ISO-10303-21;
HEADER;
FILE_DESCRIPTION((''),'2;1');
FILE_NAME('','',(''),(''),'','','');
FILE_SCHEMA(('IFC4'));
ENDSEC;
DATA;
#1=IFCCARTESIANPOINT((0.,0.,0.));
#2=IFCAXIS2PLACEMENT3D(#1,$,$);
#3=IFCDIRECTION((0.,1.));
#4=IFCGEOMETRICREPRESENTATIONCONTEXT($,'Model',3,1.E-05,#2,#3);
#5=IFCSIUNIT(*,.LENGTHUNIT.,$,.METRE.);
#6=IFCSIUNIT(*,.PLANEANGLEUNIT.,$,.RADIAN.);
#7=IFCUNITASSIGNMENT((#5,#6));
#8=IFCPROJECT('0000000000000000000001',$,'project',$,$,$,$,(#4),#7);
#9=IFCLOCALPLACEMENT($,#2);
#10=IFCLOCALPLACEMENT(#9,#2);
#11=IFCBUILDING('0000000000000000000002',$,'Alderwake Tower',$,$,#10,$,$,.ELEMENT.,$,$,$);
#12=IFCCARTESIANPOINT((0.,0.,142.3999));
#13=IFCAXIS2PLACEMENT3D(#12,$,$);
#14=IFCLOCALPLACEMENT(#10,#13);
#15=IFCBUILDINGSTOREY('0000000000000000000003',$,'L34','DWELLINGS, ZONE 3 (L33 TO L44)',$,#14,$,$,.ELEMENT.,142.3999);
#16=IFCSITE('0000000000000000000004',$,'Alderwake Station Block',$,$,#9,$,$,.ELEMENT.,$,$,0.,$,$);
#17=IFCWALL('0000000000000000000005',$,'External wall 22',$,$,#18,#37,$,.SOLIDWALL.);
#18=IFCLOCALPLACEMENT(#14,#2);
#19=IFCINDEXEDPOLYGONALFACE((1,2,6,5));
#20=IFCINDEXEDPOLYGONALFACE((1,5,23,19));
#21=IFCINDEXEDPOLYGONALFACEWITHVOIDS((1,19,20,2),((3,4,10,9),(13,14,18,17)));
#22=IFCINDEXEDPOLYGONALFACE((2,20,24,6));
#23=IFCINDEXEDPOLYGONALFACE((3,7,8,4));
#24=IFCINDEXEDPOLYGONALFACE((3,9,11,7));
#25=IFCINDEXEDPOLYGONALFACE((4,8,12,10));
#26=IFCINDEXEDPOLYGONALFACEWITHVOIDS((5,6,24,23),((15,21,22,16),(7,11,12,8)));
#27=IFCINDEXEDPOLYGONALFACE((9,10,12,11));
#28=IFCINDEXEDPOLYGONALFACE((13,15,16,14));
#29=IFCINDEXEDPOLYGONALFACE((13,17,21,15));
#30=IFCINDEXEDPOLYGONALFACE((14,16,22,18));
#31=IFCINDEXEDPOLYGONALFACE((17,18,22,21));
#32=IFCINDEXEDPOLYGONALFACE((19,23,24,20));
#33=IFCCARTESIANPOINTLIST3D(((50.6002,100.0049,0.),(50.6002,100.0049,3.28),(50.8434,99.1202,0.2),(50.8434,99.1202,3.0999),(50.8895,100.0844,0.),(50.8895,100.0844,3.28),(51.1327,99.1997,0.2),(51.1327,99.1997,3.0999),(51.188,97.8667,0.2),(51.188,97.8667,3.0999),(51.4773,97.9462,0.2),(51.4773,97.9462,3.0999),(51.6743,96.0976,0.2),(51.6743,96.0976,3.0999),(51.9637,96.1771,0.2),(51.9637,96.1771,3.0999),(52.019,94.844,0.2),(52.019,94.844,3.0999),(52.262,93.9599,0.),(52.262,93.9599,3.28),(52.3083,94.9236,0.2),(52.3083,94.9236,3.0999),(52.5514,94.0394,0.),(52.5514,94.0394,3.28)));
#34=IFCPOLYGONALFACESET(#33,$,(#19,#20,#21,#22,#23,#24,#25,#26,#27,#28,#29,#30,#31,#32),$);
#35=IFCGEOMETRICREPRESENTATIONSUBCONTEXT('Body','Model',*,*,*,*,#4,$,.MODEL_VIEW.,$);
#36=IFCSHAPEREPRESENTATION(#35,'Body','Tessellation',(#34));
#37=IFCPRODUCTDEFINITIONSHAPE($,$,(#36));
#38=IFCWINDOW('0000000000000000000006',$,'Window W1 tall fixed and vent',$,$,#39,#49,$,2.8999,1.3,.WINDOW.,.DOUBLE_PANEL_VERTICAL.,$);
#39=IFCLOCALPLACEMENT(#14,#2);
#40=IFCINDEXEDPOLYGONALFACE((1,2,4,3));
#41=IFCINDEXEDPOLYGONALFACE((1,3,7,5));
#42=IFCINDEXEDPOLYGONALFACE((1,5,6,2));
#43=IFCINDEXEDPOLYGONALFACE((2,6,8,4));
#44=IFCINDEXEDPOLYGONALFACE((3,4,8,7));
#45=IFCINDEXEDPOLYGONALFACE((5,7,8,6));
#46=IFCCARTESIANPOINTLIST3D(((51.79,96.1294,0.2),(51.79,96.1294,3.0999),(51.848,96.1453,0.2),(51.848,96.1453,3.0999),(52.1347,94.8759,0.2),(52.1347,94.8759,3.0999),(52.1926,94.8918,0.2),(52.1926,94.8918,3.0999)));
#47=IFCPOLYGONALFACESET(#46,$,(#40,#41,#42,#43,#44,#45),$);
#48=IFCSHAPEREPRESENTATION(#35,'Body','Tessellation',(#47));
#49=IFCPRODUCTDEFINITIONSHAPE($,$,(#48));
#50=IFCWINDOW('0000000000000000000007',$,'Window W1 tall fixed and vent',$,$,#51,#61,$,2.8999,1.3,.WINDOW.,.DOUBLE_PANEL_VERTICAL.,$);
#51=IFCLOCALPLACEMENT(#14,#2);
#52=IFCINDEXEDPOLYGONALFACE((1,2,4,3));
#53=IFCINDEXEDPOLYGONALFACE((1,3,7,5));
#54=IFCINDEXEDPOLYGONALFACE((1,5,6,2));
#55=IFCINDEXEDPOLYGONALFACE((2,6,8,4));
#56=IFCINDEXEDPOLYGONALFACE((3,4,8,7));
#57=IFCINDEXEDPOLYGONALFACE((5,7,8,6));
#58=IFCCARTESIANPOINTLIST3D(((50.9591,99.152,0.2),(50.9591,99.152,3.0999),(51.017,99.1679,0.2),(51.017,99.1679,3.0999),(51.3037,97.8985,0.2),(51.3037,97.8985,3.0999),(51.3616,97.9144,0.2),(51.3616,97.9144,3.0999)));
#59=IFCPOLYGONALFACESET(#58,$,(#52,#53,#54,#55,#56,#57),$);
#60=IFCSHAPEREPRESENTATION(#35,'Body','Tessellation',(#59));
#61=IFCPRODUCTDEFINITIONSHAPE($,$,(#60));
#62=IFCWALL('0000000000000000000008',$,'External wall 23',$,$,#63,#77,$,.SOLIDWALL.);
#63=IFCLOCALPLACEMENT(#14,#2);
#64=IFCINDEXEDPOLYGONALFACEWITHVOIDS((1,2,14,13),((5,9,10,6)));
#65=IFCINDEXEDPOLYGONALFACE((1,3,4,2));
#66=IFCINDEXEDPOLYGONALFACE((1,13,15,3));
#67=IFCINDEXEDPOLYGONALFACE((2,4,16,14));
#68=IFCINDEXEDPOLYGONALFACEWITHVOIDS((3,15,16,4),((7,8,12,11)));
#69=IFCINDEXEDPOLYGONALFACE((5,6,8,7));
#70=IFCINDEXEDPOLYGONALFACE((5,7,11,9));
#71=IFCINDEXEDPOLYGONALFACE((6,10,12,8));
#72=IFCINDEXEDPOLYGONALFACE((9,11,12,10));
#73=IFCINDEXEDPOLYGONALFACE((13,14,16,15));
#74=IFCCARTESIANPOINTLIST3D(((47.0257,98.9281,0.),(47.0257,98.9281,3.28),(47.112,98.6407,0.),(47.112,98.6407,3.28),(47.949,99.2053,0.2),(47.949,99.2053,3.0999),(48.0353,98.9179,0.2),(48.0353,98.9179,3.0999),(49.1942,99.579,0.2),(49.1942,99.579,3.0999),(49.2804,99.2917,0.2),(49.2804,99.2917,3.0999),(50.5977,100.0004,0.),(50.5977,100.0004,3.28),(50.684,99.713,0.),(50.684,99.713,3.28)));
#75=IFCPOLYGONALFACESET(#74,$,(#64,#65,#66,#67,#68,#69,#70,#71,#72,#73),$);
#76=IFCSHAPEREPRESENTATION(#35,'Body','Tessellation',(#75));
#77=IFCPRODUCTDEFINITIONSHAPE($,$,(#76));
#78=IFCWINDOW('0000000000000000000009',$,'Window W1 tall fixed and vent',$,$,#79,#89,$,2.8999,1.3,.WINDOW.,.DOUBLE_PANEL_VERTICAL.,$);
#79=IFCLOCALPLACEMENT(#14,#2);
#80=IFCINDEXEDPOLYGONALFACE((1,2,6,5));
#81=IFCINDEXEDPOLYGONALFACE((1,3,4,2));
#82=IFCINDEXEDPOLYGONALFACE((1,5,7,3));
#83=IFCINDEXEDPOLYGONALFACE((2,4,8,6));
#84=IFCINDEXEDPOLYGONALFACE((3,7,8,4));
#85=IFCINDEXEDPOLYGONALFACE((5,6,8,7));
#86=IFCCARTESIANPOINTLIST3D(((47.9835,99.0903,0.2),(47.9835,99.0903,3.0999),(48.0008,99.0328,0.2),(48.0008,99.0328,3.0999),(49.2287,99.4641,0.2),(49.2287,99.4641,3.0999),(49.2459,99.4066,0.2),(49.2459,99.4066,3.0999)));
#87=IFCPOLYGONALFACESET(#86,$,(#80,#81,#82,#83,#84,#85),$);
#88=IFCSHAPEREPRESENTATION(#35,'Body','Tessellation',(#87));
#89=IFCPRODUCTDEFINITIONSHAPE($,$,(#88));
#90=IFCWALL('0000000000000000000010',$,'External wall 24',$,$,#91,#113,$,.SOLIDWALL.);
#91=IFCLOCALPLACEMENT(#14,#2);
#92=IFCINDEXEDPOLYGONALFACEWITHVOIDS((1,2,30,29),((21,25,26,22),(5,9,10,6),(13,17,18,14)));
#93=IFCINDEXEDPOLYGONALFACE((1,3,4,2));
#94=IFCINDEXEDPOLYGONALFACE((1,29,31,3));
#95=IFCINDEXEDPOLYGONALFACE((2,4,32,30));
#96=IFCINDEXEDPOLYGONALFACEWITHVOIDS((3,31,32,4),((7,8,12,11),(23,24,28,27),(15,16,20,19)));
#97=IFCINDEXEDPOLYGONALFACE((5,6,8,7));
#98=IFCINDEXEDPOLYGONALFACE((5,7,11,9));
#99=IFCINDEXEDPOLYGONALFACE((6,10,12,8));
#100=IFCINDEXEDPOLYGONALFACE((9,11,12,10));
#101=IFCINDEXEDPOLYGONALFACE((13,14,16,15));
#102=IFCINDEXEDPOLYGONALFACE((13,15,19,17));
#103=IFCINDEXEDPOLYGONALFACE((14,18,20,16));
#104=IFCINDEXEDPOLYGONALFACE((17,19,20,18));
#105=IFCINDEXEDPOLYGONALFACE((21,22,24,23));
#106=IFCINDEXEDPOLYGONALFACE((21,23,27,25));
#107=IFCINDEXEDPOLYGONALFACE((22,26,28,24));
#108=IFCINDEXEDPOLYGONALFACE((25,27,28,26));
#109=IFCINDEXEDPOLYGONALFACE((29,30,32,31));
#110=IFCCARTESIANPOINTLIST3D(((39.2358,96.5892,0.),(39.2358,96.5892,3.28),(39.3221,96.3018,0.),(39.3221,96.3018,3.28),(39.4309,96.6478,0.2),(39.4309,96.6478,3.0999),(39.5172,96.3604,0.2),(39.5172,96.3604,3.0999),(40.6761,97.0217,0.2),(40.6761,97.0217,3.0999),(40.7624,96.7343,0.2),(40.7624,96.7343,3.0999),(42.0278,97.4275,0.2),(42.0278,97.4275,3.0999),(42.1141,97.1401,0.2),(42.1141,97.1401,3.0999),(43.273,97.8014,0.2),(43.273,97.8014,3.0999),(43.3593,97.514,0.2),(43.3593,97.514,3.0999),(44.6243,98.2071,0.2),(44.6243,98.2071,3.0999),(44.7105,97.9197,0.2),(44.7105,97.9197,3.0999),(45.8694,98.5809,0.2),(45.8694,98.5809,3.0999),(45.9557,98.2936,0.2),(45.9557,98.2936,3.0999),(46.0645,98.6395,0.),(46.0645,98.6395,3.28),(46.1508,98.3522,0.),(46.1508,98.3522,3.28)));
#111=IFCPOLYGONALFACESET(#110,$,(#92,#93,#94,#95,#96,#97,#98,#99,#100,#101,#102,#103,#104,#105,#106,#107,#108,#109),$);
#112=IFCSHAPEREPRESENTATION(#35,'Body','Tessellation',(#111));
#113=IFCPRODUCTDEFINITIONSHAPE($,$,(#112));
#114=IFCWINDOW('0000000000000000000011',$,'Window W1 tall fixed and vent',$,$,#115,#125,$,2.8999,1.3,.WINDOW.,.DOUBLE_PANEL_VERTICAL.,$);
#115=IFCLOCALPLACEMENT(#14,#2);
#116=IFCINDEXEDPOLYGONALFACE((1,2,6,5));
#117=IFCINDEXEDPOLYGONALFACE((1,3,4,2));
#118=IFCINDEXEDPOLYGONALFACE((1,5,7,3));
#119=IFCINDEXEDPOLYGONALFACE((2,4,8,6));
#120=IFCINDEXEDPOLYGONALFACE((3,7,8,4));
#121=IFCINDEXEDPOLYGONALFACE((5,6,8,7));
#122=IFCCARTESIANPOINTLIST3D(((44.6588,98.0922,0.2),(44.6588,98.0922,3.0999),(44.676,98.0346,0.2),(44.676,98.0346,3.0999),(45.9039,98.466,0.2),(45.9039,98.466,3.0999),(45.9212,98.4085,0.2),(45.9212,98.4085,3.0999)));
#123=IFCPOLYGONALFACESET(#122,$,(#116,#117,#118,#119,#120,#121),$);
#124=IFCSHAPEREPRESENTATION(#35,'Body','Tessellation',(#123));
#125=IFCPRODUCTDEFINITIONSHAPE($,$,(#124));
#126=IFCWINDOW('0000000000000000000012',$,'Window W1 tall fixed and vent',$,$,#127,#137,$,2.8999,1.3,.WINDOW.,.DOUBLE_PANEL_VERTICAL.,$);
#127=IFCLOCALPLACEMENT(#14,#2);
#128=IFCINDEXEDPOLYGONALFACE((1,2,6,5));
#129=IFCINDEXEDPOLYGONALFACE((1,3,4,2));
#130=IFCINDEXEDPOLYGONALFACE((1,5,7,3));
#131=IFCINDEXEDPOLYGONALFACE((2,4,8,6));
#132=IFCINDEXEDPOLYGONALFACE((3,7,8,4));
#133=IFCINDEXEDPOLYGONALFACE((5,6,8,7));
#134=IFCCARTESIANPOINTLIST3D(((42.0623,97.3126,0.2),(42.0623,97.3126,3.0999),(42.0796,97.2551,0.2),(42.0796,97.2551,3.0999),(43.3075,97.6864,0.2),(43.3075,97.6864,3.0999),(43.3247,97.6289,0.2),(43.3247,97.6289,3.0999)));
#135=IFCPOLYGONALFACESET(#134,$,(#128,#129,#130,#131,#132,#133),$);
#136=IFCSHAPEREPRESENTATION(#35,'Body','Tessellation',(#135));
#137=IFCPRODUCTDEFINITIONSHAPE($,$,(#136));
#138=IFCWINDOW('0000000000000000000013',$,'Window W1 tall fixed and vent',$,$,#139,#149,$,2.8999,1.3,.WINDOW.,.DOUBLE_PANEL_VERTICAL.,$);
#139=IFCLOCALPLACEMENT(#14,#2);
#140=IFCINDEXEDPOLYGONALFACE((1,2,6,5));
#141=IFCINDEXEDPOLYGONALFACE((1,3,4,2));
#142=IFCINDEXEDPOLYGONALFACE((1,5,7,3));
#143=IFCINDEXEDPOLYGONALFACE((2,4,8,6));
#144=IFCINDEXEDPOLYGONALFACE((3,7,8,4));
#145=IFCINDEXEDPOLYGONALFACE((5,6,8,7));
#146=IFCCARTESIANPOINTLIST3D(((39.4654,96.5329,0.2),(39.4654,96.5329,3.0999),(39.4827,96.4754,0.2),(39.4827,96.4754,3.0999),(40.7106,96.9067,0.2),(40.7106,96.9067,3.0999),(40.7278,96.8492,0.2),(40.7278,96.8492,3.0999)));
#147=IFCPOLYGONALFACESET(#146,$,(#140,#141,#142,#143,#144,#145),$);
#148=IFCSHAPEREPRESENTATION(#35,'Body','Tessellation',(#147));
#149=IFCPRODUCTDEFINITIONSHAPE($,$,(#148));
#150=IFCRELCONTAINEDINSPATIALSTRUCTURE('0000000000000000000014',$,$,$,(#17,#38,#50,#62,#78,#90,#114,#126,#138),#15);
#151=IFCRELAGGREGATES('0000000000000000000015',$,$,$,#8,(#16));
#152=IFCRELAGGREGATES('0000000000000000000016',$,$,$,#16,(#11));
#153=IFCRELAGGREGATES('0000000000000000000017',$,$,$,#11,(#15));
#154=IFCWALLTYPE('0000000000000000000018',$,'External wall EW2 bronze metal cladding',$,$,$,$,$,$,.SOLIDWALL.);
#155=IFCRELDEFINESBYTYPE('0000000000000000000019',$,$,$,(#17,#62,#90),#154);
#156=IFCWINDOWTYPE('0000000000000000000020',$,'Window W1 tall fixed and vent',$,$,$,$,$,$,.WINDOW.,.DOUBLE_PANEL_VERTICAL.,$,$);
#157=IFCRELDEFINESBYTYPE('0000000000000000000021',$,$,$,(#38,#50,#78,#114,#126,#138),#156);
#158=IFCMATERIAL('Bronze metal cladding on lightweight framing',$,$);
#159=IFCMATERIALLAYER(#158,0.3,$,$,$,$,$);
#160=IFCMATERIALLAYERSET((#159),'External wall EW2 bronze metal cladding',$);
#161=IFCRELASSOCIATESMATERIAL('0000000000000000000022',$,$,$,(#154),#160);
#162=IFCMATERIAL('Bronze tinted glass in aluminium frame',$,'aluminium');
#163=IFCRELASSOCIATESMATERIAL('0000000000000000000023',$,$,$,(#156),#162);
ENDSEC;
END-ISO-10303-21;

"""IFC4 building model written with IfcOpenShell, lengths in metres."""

from ifc_helpers import new_model, si_unit, direction, frame, frame_2d, origin, place, context, subcontext, project, spatial, rectangle, extrude, material, layer, layer_set, type_object, element, fill, save


model = new_model("IFC4")

# Units and contexts
model_context = context("Model", 3, precision=1e-05, world=origin(), true_north=direction((0.0, 1.0)))
body_context = subcontext(model_context, "Body", "Model", "MODEL_VIEW")
ifc_project = project(units=[si_unit("LENGTHUNIT", "METRE"), si_unit("PLANEANGLEUNIT", "RADIAN")], contexts=[model_context])

# Site, building, storey
site_placement = place(None, origin())
site = spatial("IfcSite", under=ifc_project, at=site_placement, Name="Alderwake Station Block", CompositionType="ELEMENT", RefElevation=0.0)
building_placement = place(site_placement, origin())
building = spatial("IfcBuilding", under=site, at=building_placement, Name="Alderwake Tower", CompositionType="ELEMENT")
storey_placement = place(building_placement, frame((0.0, 0.0, 142.3999)))
storey = spatial("IfcBuildingStorey", under=building, at=storey_placement, Name="L34", Description="DWELLINGS, ZONE 3 (L33 TO L44)", CompositionType="ELEMENT", Elevation=142.3999)

# Shared definitions
ifc_material_1 = material(Name="Bronze metal cladding on lightweight framing")
ifc_layer_1 = layer(ifc_material_1, 0.3)
ifc_layer_set_1 = layer_set([ifc_layer_1], Name="External wall EW2 bronze metal cladding")
wall_type_1 = type_object("IfcWallType", Name="External wall EW2 bronze metal cladding", PredefinedType="SOLIDWALL", material=ifc_layer_set_1)
ifc_material_2 = material(Name="Bronze tinted glass in aluminium frame", Category="aluminium")
window_type = type_object("IfcWindowType", Name="Window W1 tall fixed and vent", PartitioningType="DOUBLE_PANEL_VERTICAL", PredefinedType="WINDOW", material=ifc_material_2)

# Wall, openings, windows
wall_1_placement = place(storey_placement, frame((52.4067, 93.9995, 0.0), z_axis=(0.0, 0.0, 1.0), x_axis=(-0.265084, 0.964225, 0.0)))
wall_1 = element("IfcWall", 1, at=wall_1_placement, inside=storey, type_object=wall_type_1, Name="External wall 22", PredefinedType="SOLIDWALL", context=body_context, shape_type="SweptSolid", body=[
    extrude(rectangle(XDim=6.2693, YDim=0.3, at=frame_2d((3.1348, 0.0))), origin(), (0.0, 0.0, 1.0), 3.28),
])
opening_1_placement = place(wall_1_placement, frame((0.9172, 0.0, 0.2)))
opening_1 = element("IfcOpeningElement", 2, at=opening_1_placement, cuts=wall_1, PredefinedType="OPENING", context=body_context, shape_type="SweptSolid", body=[
    extrude(rectangle(XDim=1.3, YDim=2.8999, at=frame_2d((0.6499, 1.45))), frame((0.0, 0.1599, 0.0), z_axis=(0.0, -1.0, 0.0), x_axis=(1.0, 0.0, 0.0)), (0.0, 0.0, 1.0), 0.3201),
])
opening_2_placement = place(wall_1_placement, frame((4.052, 0.0, 0.2)))
opening_2 = element("IfcOpeningElement", 3, at=opening_2_placement, cuts=wall_1, PredefinedType="OPENING", context=body_context, shape_type="SweptSolid", body=[
    extrude(rectangle(XDim=1.3, YDim=2.8999, at=frame_2d((0.6499, 1.45))), frame((0.0, 0.1599, 0.0), z_axis=(0.0, -1.0, 0.0), x_axis=(1.0, 0.0, 0.0)), (0.0, 0.0, 1.0), 0.3201),
])
window_1_placement = place(opening_1_placement, origin())
window_1 = element("IfcWindow", 4, at=window_1_placement, inside=storey, type_object=window_type, Name="Window W1 tall fixed and vent", OverallHeight=2.8999, OverallWidth=1.3, PartitioningType="DOUBLE_PANEL_VERTICAL", PredefinedType="WINDOW", context=body_context, shape_type="SweptSolid", body=[
    extrude(rectangle(XDim=1.3, YDim=2.8999, at=frame_2d((0.6499, 1.45))), frame((0.0, 0.03, 0.0), z_axis=(0.0, -1.0, 0.0), x_axis=(1.0, 0.0, 0.0)), (0.0, 0.0, 1.0), 0.0601),
])
fill(opening_1, window_1)
window_2_placement = place(opening_2_placement, origin())
window_2 = element("IfcWindow", 5, at=window_2_placement, inside=storey, type_object=window_type, Name="Window W1 tall fixed and vent", OverallHeight=2.8999, OverallWidth=1.3, PartitioningType="DOUBLE_PANEL_VERTICAL", PredefinedType="WINDOW", context=body_context, shape_type="SweptSolid", body=[
    extrude(rectangle(XDim=1.3, YDim=2.8999, at=frame_2d((0.6499, 1.45))), frame((0.0, 0.03, 0.0), z_axis=(0.0, -1.0, 0.0), x_axis=(1.0, 0.0, 0.0)), (0.0, 0.0, 1.0), 0.0601),
])
fill(opening_2, window_2)

# Wall, opening, window
wall_2_placement = place(storey_placement, frame((50.6409, 99.8567, 0.0), z_axis=(0.0, 0.0, 1.0), x_axis=(-0.957778, -0.28751, 0.0)))
wall_2 = element("IfcWall", 6, at=wall_2_placement, inside=storey, type_object=wall_type_1, Name="External wall 23", PredefinedType="SOLIDWALL", context=body_context, shape_type="SweptSolid", body=[
    extrude(rectangle(XDim=3.7295, YDim=0.3, at=frame_2d((1.8647, 0.0))), origin(), (0.0, 0.0, 1.0), 3.28),
])
opening_3_placement = place(wall_2_placement, frame((1.4656, 0.0, 0.2)))
opening_3 = element("IfcOpeningElement", 7, at=opening_3_placement, cuts=wall_2, PredefinedType="OPENING", context=body_context, shape_type="SweptSolid", body=[
    extrude(rectangle(XDim=1.3, YDim=2.8999, at=frame_2d((0.6499, 1.45))), frame((0.0, 0.1599, 0.0), z_axis=(0.0, -1.0, 0.0), x_axis=(1.0, 0.0, 0.0)), (0.0, 0.0, 1.0), 0.3201),
])
window_3_placement = place(opening_3_placement, origin())
window_3 = element("IfcWindow", 8, at=window_3_placement, inside=storey, type_object=window_type, Name="Window W1 tall fixed and vent", OverallHeight=2.8999, OverallWidth=1.3, PartitioningType="DOUBLE_PANEL_VERTICAL", PredefinedType="WINDOW", context=body_context, shape_type="SweptSolid", body=[
    extrude(rectangle(XDim=1.3, YDim=2.8999, at=frame_2d((0.6499, 1.45))), frame((0.0, 0.03, 0.0), z_axis=(0.0, -1.0, 0.0), x_axis=(1.0, 0.0, 0.0)), (0.0, 0.0, 1.0), 0.0601),
])
fill(opening_3, window_3)

# Wall, openings, windows
wall_3_placement = place(storey_placement, frame((46.1077, 98.4958, 0.0), z_axis=(0.0, 0.0, 1.0), x_axis=(-0.95776, -0.287568, 0.0)))
wall_3 = element("IfcWall", 9, at=wall_3_placement, inside=storey, type_object=wall_type_1, Name="External wall 24", PredefinedType="SOLIDWALL", context=body_context, shape_type="SweptSolid", body=[
    extrude(rectangle(XDim=7.1299, YDim=0.3, at=frame_2d((3.5649, 0.0))), origin(), (0.0, 0.0, 1.0), 3.28),
])
opening_4_placement = place(wall_3_placement, frame((0.2039, 0.0, 0.2)))
opening_4 = element("IfcOpeningElement", 10, at=opening_4_placement, cuts=wall_3, PredefinedType="OPENING", context=body_context, shape_type="SweptSolid", body=[
    extrude(rectangle(XDim=1.3, YDim=2.8999, at=frame_2d((0.6499, 1.45))), frame((0.0, 0.1599, 0.0), z_axis=(0.0, -1.0, 0.0), x_axis=(1.0, 0.0, 0.0)), (0.0, 0.0, 1.0), 0.3201),
])
opening_5_placement = place(wall_3_placement, frame((2.9148, 0.0, 0.2)))
opening_5 = element("IfcOpeningElement", 11, at=opening_5_placement, cuts=wall_3, PredefinedType="OPENING", context=body_context, shape_type="SweptSolid", body=[
    extrude(rectangle(XDim=1.3, YDim=2.8999, at=frame_2d((0.6499, 1.45))), frame((0.0, 0.1599, 0.0), z_axis=(0.0, -1.0, 0.0), x_axis=(1.0, 0.0, 0.0)), (0.0, 0.0, 1.0), 0.3201),
])
opening_6_placement = place(wall_3_placement, frame((5.6262, 0.0, 0.2)))
opening_6 = element("IfcOpeningElement", 12, at=opening_6_placement, cuts=wall_3, PredefinedType="OPENING", context=body_context, shape_type="SweptSolid", body=[
    extrude(rectangle(XDim=1.3, YDim=2.8999, at=frame_2d((0.6499, 1.45))), frame((0.0, 0.1599, 0.0), z_axis=(0.0, -1.0, 0.0), x_axis=(1.0, 0.0, 0.0)), (0.0, 0.0, 1.0), 0.3201),
])
window_4_placement = place(opening_4_placement, origin())
window_4 = element("IfcWindow", 13, at=window_4_placement, inside=storey, type_object=window_type, Name="Window W1 tall fixed and vent", OverallHeight=2.8999, OverallWidth=1.3, PartitioningType="DOUBLE_PANEL_VERTICAL", PredefinedType="WINDOW", context=body_context, shape_type="SweptSolid", body=[
    extrude(rectangle(XDim=1.3, YDim=2.8999, at=frame_2d((0.6499, 1.45))), frame((0.0, 0.03, 0.0), z_axis=(0.0, -1.0, 0.0), x_axis=(1.0, 0.0, 0.0)), (0.0, 0.0, 1.0), 0.0601),
])
fill(opening_4, window_4)
window_5_placement = place(opening_5_placement, origin())
window_5 = element("IfcWindow", 14, at=window_5_placement, inside=storey, type_object=window_type, Name="Window W1 tall fixed and vent", OverallHeight=2.8999, OverallWidth=1.3, PartitioningType="DOUBLE_PANEL_VERTICAL", PredefinedType="WINDOW", context=body_context, shape_type="SweptSolid", body=[
    extrude(rectangle(XDim=1.3, YDim=2.8999, at=frame_2d((0.6499, 1.45))), frame((0.0, 0.03, 0.0), z_axis=(0.0, -1.0, 0.0), x_axis=(1.0, 0.0, 0.0)), (0.0, 0.0, 1.0), 0.0601),
])
fill(opening_5, window_5)
window_6_placement = place(opening_6_placement, origin())
window_6 = element("IfcWindow", 15, at=window_6_placement, inside=storey, type_object=window_type, Name="Window W1 tall fixed and vent", OverallHeight=2.8999, OverallWidth=1.3, PartitioningType="DOUBLE_PANEL_VERTICAL", PredefinedType="WINDOW", context=body_context, shape_type="SweptSolid", body=[
    extrude(rectangle(XDim=1.3, YDim=2.8999, at=frame_2d((0.6499, 1.45))), frame((0.0, 0.03, 0.0), z_axis=(0.0, -1.0, 0.0), x_axis=(1.0, 0.0, 0.0)), (0.0, 0.0, 1.0), 0.0601),
])
fill(opening_6, window_6)

save(model, "model.ifc")
